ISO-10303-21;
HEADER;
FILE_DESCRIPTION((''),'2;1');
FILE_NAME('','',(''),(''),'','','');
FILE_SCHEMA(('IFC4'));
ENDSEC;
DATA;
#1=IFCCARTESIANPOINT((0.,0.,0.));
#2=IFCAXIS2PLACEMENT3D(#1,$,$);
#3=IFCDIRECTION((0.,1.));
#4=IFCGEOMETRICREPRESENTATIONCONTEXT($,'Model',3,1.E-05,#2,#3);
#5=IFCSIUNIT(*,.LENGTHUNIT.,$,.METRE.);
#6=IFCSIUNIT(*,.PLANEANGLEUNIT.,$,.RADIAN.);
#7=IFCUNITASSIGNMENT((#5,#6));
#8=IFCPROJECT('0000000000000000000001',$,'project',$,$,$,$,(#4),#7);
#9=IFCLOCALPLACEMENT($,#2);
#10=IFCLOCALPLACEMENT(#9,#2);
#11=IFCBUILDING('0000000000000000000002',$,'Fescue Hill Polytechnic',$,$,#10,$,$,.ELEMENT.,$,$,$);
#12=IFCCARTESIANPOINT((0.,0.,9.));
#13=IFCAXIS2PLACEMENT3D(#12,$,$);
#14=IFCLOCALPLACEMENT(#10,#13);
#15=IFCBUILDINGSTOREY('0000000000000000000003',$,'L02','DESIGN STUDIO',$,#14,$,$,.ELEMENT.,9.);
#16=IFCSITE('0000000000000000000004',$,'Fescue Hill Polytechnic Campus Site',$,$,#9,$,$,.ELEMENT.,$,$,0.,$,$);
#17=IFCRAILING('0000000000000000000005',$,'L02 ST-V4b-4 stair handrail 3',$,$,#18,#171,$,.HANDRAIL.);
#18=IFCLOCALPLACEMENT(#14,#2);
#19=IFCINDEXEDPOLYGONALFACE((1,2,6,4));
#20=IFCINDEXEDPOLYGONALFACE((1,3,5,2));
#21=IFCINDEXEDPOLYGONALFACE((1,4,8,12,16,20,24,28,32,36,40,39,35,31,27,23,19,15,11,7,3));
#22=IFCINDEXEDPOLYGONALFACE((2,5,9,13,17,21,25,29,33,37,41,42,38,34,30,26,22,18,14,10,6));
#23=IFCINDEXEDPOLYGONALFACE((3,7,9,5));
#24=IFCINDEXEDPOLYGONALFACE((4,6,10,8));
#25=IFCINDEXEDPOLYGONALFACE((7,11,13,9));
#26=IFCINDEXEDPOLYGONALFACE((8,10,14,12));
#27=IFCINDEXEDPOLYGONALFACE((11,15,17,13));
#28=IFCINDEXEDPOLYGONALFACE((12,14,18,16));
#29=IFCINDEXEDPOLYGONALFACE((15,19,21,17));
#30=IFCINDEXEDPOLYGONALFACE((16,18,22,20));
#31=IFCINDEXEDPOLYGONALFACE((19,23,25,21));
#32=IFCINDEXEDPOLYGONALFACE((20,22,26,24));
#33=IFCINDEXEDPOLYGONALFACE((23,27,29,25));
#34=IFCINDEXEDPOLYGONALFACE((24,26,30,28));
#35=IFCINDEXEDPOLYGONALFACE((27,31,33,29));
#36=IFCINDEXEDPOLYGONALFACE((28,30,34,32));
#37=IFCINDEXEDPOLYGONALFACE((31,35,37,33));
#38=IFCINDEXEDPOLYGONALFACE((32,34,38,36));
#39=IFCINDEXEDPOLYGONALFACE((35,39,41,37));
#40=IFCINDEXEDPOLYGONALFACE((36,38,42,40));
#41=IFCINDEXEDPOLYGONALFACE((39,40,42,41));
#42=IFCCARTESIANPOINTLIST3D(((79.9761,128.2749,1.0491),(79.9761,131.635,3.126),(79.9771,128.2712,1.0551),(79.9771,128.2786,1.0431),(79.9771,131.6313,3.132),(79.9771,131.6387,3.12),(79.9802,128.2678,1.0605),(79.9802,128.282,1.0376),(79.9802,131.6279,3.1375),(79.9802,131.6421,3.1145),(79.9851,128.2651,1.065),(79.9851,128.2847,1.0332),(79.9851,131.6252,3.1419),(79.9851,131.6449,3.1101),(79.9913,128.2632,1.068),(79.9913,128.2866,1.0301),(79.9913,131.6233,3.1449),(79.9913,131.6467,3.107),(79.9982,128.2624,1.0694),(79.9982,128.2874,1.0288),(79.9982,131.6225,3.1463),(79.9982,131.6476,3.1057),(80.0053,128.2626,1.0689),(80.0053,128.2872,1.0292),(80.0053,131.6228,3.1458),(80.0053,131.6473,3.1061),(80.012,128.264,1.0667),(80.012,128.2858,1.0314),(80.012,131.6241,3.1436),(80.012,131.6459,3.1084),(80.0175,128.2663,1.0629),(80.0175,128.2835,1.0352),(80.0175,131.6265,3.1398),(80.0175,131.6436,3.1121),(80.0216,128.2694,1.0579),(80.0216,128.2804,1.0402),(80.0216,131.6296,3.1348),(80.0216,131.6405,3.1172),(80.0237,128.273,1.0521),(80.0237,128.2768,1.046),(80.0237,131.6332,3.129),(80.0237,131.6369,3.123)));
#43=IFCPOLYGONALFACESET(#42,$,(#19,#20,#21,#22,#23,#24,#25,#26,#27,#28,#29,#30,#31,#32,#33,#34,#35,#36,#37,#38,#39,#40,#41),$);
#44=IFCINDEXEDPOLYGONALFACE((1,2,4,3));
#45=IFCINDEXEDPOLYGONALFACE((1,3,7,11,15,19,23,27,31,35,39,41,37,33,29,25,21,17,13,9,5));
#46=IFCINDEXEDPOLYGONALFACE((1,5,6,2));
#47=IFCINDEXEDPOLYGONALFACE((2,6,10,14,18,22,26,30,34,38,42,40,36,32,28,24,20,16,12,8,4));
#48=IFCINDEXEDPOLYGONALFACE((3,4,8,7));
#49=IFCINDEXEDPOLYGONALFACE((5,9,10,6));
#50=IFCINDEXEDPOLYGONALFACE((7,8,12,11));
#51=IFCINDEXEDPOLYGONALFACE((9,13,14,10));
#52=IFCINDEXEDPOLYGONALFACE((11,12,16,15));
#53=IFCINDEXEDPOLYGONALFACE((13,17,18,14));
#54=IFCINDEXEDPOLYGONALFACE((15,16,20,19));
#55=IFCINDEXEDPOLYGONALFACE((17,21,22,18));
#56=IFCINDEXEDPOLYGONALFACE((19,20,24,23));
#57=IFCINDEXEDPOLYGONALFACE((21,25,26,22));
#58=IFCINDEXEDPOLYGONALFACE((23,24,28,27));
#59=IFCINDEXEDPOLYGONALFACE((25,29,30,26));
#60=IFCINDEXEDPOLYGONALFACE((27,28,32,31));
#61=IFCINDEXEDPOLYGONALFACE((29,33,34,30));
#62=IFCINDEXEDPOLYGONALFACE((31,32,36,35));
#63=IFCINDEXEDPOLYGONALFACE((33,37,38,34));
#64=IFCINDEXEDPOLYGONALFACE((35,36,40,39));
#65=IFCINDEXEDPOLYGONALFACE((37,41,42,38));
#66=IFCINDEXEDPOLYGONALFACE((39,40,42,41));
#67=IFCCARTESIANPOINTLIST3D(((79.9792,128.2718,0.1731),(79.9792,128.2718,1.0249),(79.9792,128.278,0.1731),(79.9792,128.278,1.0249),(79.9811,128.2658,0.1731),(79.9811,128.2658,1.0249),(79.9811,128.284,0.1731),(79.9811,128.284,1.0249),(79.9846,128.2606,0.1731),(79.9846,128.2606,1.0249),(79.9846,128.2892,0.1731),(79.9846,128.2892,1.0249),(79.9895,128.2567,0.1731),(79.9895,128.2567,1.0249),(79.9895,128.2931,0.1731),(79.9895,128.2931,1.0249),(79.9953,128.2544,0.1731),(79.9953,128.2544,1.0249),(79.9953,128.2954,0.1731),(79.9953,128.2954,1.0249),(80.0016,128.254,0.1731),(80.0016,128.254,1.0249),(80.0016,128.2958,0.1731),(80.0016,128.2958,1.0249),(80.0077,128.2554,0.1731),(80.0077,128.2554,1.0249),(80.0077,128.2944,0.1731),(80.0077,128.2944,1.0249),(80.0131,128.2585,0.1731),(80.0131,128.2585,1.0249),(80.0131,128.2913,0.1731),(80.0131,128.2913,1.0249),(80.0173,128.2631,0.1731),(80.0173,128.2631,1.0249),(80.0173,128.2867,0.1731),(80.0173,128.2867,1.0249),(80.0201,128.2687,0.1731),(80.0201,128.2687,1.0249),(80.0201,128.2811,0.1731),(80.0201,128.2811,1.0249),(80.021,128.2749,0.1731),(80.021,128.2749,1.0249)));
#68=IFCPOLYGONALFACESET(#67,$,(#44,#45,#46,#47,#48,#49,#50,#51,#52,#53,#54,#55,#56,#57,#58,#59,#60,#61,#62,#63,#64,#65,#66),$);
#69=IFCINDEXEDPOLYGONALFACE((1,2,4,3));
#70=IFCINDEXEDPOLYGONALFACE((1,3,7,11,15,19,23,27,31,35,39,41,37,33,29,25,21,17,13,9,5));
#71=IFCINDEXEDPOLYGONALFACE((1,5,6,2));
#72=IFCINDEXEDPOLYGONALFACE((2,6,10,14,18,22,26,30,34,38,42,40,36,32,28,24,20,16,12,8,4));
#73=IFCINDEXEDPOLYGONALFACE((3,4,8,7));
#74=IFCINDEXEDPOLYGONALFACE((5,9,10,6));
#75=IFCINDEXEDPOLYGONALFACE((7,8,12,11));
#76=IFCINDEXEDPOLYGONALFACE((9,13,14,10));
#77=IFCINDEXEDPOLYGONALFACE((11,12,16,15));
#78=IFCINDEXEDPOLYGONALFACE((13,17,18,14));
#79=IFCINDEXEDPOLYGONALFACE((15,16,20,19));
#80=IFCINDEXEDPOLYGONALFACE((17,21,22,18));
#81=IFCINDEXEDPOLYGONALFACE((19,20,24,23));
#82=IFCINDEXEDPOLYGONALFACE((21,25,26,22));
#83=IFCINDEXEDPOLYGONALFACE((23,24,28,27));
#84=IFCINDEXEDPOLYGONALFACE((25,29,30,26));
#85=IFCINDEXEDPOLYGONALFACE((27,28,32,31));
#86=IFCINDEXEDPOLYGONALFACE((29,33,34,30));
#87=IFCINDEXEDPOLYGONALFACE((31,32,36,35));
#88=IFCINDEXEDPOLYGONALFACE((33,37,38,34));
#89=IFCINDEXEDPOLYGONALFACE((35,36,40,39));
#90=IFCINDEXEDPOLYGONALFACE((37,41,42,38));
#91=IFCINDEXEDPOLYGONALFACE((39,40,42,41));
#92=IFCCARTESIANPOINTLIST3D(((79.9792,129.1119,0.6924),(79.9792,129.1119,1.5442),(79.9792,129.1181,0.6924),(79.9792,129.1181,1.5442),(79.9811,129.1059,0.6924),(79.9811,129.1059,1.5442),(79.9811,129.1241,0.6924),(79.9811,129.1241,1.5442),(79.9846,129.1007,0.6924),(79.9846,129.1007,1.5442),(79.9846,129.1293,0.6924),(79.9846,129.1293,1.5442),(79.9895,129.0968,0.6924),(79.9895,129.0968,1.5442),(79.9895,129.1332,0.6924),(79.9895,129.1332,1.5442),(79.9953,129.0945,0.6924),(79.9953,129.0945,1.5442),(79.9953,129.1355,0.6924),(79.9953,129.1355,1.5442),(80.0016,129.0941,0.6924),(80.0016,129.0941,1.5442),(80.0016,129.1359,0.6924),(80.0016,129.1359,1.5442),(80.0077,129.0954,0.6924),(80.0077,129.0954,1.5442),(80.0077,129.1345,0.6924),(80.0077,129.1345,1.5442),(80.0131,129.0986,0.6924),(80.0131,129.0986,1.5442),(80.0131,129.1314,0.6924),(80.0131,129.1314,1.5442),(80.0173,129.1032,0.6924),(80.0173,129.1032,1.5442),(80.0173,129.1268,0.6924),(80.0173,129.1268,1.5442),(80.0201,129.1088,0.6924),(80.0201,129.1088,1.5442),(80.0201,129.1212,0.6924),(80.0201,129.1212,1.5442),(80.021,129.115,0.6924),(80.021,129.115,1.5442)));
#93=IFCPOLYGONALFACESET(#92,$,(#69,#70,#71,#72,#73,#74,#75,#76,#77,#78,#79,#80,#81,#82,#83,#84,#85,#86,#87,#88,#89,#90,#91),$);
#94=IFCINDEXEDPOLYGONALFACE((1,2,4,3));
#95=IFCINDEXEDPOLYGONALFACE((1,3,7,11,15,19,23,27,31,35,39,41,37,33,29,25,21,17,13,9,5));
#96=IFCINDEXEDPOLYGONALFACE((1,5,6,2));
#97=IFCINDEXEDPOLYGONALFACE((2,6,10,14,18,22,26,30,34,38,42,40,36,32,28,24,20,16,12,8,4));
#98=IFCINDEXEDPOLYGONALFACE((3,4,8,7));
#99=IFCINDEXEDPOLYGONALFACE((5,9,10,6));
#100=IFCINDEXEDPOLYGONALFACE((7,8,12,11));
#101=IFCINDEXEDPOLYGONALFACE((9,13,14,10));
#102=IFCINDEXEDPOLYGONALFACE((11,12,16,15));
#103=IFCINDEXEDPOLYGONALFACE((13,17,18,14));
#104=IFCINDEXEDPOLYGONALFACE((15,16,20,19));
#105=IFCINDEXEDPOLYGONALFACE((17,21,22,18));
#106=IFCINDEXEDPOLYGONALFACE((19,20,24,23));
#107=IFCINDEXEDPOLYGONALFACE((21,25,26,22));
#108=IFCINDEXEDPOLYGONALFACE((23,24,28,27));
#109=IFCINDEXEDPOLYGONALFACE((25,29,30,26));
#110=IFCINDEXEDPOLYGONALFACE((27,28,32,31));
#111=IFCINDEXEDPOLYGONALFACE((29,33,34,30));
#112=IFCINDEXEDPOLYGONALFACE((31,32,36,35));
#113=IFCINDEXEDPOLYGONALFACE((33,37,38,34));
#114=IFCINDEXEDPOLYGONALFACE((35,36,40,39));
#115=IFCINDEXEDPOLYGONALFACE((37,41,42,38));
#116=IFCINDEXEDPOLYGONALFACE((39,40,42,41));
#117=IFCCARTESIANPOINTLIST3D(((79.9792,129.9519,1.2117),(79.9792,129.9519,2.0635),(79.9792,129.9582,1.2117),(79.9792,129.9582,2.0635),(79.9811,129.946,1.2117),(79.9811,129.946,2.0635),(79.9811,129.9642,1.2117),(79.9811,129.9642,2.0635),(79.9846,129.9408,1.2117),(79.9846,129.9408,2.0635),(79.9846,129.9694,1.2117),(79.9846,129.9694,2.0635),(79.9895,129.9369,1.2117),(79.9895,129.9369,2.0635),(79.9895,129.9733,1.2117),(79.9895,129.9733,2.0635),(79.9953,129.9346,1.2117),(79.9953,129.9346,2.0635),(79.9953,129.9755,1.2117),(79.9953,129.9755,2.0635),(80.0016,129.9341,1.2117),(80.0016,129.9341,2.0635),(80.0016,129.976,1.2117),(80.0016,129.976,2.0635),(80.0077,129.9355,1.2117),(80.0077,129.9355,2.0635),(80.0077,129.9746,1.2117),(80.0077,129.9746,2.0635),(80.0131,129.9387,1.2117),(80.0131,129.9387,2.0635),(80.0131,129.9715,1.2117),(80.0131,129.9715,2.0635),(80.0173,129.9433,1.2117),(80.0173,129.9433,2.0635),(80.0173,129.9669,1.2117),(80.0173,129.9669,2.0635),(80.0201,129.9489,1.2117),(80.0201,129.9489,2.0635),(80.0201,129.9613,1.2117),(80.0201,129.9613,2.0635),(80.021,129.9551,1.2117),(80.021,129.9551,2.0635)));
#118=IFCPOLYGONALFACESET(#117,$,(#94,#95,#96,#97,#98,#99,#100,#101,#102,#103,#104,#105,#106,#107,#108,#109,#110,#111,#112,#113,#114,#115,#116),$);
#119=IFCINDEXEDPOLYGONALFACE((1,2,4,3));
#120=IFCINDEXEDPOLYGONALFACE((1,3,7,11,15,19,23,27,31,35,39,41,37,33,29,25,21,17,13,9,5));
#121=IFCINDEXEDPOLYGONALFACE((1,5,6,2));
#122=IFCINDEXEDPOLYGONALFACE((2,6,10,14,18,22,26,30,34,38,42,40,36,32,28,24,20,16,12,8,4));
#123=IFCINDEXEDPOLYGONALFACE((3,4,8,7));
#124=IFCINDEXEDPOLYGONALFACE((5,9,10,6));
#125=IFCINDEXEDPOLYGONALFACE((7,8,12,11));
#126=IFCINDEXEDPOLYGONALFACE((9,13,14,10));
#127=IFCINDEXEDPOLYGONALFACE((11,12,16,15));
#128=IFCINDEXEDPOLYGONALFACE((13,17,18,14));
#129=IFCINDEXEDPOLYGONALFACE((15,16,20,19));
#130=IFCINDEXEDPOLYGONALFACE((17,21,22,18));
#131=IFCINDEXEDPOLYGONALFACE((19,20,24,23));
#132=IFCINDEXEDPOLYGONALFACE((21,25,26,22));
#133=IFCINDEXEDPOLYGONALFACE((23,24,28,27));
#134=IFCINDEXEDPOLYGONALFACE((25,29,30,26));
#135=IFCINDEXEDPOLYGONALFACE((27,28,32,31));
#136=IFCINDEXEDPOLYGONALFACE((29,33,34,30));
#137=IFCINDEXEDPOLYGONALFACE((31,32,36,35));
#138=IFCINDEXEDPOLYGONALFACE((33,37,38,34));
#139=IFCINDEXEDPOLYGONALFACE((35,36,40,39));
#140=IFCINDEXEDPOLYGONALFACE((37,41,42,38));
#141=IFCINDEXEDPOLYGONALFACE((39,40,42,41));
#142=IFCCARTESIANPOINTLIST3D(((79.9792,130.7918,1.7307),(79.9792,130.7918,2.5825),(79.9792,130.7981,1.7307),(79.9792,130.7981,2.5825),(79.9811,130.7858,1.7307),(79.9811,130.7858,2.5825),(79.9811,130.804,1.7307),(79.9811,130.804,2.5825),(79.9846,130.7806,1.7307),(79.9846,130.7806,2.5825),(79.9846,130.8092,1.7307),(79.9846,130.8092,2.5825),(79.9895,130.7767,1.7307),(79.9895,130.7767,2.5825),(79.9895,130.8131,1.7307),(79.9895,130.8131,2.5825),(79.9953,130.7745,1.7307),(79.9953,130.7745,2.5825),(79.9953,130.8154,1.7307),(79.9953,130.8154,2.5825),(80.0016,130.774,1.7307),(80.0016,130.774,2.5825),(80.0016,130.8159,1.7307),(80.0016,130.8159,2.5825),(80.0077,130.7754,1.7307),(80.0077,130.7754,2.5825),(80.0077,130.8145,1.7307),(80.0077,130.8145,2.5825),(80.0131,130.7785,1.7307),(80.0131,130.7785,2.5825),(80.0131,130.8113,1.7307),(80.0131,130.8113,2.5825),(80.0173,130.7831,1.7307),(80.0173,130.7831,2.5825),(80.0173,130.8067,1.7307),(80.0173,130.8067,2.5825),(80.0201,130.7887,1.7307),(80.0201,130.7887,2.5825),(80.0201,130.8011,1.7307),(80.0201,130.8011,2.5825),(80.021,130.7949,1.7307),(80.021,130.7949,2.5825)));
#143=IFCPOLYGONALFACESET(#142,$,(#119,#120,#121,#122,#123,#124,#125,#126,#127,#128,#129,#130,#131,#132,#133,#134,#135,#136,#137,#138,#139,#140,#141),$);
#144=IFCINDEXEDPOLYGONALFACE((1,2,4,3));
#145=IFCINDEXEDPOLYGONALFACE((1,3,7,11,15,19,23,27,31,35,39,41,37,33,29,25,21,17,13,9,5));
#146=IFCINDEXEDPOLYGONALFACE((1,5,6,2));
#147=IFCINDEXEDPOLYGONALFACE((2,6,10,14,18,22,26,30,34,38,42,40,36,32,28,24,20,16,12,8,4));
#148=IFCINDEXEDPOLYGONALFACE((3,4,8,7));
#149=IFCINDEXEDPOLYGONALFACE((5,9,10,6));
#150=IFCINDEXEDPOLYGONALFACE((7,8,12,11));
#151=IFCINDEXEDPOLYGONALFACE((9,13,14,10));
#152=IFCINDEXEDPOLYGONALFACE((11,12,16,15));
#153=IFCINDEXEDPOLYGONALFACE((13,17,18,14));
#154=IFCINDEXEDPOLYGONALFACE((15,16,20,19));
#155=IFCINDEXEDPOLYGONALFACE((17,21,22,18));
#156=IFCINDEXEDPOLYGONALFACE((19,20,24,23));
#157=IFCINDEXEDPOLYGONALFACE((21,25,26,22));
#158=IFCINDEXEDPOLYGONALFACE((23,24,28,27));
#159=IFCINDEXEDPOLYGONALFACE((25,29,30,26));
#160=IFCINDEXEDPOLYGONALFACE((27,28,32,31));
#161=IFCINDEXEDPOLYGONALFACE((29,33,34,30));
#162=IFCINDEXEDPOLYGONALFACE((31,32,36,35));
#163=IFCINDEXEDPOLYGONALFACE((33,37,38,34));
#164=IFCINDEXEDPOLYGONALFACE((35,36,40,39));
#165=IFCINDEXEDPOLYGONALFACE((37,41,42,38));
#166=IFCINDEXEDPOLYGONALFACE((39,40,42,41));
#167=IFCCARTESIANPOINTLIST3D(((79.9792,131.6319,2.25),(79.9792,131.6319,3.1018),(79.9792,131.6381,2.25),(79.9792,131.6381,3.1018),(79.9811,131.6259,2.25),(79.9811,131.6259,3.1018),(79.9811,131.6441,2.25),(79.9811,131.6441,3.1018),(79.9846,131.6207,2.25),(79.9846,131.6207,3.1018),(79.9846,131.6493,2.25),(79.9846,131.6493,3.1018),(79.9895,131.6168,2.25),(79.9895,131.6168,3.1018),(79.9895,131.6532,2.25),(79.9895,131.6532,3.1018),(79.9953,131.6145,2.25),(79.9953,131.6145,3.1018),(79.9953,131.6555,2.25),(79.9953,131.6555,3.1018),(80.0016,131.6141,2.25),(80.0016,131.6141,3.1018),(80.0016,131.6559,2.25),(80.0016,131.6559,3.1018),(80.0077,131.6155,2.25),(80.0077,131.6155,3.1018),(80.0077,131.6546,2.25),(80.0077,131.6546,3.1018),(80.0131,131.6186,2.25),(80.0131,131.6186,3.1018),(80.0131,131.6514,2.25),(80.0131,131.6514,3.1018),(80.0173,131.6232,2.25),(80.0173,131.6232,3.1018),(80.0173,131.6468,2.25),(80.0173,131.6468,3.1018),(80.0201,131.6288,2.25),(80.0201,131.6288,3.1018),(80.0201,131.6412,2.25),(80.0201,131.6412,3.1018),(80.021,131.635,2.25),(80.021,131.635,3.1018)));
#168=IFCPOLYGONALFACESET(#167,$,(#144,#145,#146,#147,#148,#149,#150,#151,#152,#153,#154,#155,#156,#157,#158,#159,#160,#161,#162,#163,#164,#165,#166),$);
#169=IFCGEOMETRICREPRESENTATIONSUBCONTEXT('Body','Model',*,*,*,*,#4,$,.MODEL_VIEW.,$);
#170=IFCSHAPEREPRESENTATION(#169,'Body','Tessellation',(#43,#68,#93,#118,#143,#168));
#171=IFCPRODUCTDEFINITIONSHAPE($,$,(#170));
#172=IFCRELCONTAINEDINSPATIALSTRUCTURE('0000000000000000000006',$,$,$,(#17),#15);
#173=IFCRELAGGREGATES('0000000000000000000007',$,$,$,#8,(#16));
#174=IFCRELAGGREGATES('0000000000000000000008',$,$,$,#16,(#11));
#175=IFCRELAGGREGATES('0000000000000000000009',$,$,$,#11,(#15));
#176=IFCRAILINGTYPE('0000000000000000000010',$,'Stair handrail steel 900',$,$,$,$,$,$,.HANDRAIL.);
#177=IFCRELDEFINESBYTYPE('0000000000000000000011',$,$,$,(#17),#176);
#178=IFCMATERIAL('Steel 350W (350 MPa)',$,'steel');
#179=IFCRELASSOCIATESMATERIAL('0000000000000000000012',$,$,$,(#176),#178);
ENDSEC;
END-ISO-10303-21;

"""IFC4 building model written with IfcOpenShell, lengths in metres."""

from ifc_helpers import new_model, si_unit, direction, frame, origin, origin_2d, place, context, subcontext, project, spatial, circle, extrude, material, type_object, element, save


model = new_model("IFC4")

# Units and contexts
model_context = context("Model", 3, precision=1e-05, world=origin(), true_north=direction((0.0, 1.0)))
body_context = subcontext(model_context, "Body", "Model", "MODEL_VIEW")
ifc_project = project(units=[si_unit("LENGTHUNIT", "METRE"), si_unit("PLANEANGLEUNIT", "RADIAN")], contexts=[model_context])

# Site, building, storey
site_placement = place(None, origin())
site = spatial("IfcSite", under=ifc_project, at=site_placement, Name="Fescue Hill Polytechnic Campus Site", CompositionType="ELEMENT", RefElevation=0.0)
building_placement = place(site_placement, origin())
building = spatial("IfcBuilding", under=site, at=building_placement, Name="Fescue Hill Polytechnic", CompositionType="ELEMENT")
storey_placement = place(building_placement, frame((0.0, 0.0, 9.0)))
storey = spatial("IfcBuildingStorey", under=building, at=storey_placement, Name="L02", Description="DESIGN STUDIO", CompositionType="ELEMENT", Elevation=9.0)

# Railing
ifc_material_1 = material(Name="Steel 350W (350 MPa)", Category="steel")
railing_type = type_object("IfcRailingType", Name="Stair handrail steel 900", PredefinedType="HANDRAIL", material=ifc_material_1)
for number, where, name in (
    (1, (80.0, 128.2749, 0.1731), "L02 ST-V4b-4 stair handrail 3"),
):
    element("IfcRailing", number, at=place(storey_placement, frame(where)), inside=storey, type_object=railing_type, Name=name, PredefinedType="HANDRAIL", context=body_context, shape_type="SweptSolid", body=[
        extrude(circle(Radius=0.0239, at=origin_2d()), frame((0.0, 0.0, 0.876), z_axis=(0.0, 0.850623, 0.525776), x_axis=(-1.0, 0.0, 0.0)), (0.0, 0.0, 1.0), 3.9502),
        extrude(circle(Radius=0.021, at=origin_2d()), origin(), (0.0, 0.0, 1.0), 0.8518),
        extrude(circle(Radius=0.021, at=origin_2d()), frame((0.0, 0.8401, 0.5193)), (0.0, 0.0, 1.0), 0.8518),
        extrude(circle(Radius=0.021, at=origin_2d()), frame((0.0, 1.6802, 1.0386)), (0.0, 0.0, 1.0), 0.8518),
        extrude(circle(Radius=0.021, at=origin_2d()), frame((0.0, 2.52, 1.5576)), (0.0, 0.0, 1.0), 0.8518),
        extrude(circle(Radius=0.021, at=origin_2d()), frame((0.0, 3.3601, 2.0769)), (0.0, 0.0, 1.0), 0.8518),
    ])

save(model, "model.ifc")
